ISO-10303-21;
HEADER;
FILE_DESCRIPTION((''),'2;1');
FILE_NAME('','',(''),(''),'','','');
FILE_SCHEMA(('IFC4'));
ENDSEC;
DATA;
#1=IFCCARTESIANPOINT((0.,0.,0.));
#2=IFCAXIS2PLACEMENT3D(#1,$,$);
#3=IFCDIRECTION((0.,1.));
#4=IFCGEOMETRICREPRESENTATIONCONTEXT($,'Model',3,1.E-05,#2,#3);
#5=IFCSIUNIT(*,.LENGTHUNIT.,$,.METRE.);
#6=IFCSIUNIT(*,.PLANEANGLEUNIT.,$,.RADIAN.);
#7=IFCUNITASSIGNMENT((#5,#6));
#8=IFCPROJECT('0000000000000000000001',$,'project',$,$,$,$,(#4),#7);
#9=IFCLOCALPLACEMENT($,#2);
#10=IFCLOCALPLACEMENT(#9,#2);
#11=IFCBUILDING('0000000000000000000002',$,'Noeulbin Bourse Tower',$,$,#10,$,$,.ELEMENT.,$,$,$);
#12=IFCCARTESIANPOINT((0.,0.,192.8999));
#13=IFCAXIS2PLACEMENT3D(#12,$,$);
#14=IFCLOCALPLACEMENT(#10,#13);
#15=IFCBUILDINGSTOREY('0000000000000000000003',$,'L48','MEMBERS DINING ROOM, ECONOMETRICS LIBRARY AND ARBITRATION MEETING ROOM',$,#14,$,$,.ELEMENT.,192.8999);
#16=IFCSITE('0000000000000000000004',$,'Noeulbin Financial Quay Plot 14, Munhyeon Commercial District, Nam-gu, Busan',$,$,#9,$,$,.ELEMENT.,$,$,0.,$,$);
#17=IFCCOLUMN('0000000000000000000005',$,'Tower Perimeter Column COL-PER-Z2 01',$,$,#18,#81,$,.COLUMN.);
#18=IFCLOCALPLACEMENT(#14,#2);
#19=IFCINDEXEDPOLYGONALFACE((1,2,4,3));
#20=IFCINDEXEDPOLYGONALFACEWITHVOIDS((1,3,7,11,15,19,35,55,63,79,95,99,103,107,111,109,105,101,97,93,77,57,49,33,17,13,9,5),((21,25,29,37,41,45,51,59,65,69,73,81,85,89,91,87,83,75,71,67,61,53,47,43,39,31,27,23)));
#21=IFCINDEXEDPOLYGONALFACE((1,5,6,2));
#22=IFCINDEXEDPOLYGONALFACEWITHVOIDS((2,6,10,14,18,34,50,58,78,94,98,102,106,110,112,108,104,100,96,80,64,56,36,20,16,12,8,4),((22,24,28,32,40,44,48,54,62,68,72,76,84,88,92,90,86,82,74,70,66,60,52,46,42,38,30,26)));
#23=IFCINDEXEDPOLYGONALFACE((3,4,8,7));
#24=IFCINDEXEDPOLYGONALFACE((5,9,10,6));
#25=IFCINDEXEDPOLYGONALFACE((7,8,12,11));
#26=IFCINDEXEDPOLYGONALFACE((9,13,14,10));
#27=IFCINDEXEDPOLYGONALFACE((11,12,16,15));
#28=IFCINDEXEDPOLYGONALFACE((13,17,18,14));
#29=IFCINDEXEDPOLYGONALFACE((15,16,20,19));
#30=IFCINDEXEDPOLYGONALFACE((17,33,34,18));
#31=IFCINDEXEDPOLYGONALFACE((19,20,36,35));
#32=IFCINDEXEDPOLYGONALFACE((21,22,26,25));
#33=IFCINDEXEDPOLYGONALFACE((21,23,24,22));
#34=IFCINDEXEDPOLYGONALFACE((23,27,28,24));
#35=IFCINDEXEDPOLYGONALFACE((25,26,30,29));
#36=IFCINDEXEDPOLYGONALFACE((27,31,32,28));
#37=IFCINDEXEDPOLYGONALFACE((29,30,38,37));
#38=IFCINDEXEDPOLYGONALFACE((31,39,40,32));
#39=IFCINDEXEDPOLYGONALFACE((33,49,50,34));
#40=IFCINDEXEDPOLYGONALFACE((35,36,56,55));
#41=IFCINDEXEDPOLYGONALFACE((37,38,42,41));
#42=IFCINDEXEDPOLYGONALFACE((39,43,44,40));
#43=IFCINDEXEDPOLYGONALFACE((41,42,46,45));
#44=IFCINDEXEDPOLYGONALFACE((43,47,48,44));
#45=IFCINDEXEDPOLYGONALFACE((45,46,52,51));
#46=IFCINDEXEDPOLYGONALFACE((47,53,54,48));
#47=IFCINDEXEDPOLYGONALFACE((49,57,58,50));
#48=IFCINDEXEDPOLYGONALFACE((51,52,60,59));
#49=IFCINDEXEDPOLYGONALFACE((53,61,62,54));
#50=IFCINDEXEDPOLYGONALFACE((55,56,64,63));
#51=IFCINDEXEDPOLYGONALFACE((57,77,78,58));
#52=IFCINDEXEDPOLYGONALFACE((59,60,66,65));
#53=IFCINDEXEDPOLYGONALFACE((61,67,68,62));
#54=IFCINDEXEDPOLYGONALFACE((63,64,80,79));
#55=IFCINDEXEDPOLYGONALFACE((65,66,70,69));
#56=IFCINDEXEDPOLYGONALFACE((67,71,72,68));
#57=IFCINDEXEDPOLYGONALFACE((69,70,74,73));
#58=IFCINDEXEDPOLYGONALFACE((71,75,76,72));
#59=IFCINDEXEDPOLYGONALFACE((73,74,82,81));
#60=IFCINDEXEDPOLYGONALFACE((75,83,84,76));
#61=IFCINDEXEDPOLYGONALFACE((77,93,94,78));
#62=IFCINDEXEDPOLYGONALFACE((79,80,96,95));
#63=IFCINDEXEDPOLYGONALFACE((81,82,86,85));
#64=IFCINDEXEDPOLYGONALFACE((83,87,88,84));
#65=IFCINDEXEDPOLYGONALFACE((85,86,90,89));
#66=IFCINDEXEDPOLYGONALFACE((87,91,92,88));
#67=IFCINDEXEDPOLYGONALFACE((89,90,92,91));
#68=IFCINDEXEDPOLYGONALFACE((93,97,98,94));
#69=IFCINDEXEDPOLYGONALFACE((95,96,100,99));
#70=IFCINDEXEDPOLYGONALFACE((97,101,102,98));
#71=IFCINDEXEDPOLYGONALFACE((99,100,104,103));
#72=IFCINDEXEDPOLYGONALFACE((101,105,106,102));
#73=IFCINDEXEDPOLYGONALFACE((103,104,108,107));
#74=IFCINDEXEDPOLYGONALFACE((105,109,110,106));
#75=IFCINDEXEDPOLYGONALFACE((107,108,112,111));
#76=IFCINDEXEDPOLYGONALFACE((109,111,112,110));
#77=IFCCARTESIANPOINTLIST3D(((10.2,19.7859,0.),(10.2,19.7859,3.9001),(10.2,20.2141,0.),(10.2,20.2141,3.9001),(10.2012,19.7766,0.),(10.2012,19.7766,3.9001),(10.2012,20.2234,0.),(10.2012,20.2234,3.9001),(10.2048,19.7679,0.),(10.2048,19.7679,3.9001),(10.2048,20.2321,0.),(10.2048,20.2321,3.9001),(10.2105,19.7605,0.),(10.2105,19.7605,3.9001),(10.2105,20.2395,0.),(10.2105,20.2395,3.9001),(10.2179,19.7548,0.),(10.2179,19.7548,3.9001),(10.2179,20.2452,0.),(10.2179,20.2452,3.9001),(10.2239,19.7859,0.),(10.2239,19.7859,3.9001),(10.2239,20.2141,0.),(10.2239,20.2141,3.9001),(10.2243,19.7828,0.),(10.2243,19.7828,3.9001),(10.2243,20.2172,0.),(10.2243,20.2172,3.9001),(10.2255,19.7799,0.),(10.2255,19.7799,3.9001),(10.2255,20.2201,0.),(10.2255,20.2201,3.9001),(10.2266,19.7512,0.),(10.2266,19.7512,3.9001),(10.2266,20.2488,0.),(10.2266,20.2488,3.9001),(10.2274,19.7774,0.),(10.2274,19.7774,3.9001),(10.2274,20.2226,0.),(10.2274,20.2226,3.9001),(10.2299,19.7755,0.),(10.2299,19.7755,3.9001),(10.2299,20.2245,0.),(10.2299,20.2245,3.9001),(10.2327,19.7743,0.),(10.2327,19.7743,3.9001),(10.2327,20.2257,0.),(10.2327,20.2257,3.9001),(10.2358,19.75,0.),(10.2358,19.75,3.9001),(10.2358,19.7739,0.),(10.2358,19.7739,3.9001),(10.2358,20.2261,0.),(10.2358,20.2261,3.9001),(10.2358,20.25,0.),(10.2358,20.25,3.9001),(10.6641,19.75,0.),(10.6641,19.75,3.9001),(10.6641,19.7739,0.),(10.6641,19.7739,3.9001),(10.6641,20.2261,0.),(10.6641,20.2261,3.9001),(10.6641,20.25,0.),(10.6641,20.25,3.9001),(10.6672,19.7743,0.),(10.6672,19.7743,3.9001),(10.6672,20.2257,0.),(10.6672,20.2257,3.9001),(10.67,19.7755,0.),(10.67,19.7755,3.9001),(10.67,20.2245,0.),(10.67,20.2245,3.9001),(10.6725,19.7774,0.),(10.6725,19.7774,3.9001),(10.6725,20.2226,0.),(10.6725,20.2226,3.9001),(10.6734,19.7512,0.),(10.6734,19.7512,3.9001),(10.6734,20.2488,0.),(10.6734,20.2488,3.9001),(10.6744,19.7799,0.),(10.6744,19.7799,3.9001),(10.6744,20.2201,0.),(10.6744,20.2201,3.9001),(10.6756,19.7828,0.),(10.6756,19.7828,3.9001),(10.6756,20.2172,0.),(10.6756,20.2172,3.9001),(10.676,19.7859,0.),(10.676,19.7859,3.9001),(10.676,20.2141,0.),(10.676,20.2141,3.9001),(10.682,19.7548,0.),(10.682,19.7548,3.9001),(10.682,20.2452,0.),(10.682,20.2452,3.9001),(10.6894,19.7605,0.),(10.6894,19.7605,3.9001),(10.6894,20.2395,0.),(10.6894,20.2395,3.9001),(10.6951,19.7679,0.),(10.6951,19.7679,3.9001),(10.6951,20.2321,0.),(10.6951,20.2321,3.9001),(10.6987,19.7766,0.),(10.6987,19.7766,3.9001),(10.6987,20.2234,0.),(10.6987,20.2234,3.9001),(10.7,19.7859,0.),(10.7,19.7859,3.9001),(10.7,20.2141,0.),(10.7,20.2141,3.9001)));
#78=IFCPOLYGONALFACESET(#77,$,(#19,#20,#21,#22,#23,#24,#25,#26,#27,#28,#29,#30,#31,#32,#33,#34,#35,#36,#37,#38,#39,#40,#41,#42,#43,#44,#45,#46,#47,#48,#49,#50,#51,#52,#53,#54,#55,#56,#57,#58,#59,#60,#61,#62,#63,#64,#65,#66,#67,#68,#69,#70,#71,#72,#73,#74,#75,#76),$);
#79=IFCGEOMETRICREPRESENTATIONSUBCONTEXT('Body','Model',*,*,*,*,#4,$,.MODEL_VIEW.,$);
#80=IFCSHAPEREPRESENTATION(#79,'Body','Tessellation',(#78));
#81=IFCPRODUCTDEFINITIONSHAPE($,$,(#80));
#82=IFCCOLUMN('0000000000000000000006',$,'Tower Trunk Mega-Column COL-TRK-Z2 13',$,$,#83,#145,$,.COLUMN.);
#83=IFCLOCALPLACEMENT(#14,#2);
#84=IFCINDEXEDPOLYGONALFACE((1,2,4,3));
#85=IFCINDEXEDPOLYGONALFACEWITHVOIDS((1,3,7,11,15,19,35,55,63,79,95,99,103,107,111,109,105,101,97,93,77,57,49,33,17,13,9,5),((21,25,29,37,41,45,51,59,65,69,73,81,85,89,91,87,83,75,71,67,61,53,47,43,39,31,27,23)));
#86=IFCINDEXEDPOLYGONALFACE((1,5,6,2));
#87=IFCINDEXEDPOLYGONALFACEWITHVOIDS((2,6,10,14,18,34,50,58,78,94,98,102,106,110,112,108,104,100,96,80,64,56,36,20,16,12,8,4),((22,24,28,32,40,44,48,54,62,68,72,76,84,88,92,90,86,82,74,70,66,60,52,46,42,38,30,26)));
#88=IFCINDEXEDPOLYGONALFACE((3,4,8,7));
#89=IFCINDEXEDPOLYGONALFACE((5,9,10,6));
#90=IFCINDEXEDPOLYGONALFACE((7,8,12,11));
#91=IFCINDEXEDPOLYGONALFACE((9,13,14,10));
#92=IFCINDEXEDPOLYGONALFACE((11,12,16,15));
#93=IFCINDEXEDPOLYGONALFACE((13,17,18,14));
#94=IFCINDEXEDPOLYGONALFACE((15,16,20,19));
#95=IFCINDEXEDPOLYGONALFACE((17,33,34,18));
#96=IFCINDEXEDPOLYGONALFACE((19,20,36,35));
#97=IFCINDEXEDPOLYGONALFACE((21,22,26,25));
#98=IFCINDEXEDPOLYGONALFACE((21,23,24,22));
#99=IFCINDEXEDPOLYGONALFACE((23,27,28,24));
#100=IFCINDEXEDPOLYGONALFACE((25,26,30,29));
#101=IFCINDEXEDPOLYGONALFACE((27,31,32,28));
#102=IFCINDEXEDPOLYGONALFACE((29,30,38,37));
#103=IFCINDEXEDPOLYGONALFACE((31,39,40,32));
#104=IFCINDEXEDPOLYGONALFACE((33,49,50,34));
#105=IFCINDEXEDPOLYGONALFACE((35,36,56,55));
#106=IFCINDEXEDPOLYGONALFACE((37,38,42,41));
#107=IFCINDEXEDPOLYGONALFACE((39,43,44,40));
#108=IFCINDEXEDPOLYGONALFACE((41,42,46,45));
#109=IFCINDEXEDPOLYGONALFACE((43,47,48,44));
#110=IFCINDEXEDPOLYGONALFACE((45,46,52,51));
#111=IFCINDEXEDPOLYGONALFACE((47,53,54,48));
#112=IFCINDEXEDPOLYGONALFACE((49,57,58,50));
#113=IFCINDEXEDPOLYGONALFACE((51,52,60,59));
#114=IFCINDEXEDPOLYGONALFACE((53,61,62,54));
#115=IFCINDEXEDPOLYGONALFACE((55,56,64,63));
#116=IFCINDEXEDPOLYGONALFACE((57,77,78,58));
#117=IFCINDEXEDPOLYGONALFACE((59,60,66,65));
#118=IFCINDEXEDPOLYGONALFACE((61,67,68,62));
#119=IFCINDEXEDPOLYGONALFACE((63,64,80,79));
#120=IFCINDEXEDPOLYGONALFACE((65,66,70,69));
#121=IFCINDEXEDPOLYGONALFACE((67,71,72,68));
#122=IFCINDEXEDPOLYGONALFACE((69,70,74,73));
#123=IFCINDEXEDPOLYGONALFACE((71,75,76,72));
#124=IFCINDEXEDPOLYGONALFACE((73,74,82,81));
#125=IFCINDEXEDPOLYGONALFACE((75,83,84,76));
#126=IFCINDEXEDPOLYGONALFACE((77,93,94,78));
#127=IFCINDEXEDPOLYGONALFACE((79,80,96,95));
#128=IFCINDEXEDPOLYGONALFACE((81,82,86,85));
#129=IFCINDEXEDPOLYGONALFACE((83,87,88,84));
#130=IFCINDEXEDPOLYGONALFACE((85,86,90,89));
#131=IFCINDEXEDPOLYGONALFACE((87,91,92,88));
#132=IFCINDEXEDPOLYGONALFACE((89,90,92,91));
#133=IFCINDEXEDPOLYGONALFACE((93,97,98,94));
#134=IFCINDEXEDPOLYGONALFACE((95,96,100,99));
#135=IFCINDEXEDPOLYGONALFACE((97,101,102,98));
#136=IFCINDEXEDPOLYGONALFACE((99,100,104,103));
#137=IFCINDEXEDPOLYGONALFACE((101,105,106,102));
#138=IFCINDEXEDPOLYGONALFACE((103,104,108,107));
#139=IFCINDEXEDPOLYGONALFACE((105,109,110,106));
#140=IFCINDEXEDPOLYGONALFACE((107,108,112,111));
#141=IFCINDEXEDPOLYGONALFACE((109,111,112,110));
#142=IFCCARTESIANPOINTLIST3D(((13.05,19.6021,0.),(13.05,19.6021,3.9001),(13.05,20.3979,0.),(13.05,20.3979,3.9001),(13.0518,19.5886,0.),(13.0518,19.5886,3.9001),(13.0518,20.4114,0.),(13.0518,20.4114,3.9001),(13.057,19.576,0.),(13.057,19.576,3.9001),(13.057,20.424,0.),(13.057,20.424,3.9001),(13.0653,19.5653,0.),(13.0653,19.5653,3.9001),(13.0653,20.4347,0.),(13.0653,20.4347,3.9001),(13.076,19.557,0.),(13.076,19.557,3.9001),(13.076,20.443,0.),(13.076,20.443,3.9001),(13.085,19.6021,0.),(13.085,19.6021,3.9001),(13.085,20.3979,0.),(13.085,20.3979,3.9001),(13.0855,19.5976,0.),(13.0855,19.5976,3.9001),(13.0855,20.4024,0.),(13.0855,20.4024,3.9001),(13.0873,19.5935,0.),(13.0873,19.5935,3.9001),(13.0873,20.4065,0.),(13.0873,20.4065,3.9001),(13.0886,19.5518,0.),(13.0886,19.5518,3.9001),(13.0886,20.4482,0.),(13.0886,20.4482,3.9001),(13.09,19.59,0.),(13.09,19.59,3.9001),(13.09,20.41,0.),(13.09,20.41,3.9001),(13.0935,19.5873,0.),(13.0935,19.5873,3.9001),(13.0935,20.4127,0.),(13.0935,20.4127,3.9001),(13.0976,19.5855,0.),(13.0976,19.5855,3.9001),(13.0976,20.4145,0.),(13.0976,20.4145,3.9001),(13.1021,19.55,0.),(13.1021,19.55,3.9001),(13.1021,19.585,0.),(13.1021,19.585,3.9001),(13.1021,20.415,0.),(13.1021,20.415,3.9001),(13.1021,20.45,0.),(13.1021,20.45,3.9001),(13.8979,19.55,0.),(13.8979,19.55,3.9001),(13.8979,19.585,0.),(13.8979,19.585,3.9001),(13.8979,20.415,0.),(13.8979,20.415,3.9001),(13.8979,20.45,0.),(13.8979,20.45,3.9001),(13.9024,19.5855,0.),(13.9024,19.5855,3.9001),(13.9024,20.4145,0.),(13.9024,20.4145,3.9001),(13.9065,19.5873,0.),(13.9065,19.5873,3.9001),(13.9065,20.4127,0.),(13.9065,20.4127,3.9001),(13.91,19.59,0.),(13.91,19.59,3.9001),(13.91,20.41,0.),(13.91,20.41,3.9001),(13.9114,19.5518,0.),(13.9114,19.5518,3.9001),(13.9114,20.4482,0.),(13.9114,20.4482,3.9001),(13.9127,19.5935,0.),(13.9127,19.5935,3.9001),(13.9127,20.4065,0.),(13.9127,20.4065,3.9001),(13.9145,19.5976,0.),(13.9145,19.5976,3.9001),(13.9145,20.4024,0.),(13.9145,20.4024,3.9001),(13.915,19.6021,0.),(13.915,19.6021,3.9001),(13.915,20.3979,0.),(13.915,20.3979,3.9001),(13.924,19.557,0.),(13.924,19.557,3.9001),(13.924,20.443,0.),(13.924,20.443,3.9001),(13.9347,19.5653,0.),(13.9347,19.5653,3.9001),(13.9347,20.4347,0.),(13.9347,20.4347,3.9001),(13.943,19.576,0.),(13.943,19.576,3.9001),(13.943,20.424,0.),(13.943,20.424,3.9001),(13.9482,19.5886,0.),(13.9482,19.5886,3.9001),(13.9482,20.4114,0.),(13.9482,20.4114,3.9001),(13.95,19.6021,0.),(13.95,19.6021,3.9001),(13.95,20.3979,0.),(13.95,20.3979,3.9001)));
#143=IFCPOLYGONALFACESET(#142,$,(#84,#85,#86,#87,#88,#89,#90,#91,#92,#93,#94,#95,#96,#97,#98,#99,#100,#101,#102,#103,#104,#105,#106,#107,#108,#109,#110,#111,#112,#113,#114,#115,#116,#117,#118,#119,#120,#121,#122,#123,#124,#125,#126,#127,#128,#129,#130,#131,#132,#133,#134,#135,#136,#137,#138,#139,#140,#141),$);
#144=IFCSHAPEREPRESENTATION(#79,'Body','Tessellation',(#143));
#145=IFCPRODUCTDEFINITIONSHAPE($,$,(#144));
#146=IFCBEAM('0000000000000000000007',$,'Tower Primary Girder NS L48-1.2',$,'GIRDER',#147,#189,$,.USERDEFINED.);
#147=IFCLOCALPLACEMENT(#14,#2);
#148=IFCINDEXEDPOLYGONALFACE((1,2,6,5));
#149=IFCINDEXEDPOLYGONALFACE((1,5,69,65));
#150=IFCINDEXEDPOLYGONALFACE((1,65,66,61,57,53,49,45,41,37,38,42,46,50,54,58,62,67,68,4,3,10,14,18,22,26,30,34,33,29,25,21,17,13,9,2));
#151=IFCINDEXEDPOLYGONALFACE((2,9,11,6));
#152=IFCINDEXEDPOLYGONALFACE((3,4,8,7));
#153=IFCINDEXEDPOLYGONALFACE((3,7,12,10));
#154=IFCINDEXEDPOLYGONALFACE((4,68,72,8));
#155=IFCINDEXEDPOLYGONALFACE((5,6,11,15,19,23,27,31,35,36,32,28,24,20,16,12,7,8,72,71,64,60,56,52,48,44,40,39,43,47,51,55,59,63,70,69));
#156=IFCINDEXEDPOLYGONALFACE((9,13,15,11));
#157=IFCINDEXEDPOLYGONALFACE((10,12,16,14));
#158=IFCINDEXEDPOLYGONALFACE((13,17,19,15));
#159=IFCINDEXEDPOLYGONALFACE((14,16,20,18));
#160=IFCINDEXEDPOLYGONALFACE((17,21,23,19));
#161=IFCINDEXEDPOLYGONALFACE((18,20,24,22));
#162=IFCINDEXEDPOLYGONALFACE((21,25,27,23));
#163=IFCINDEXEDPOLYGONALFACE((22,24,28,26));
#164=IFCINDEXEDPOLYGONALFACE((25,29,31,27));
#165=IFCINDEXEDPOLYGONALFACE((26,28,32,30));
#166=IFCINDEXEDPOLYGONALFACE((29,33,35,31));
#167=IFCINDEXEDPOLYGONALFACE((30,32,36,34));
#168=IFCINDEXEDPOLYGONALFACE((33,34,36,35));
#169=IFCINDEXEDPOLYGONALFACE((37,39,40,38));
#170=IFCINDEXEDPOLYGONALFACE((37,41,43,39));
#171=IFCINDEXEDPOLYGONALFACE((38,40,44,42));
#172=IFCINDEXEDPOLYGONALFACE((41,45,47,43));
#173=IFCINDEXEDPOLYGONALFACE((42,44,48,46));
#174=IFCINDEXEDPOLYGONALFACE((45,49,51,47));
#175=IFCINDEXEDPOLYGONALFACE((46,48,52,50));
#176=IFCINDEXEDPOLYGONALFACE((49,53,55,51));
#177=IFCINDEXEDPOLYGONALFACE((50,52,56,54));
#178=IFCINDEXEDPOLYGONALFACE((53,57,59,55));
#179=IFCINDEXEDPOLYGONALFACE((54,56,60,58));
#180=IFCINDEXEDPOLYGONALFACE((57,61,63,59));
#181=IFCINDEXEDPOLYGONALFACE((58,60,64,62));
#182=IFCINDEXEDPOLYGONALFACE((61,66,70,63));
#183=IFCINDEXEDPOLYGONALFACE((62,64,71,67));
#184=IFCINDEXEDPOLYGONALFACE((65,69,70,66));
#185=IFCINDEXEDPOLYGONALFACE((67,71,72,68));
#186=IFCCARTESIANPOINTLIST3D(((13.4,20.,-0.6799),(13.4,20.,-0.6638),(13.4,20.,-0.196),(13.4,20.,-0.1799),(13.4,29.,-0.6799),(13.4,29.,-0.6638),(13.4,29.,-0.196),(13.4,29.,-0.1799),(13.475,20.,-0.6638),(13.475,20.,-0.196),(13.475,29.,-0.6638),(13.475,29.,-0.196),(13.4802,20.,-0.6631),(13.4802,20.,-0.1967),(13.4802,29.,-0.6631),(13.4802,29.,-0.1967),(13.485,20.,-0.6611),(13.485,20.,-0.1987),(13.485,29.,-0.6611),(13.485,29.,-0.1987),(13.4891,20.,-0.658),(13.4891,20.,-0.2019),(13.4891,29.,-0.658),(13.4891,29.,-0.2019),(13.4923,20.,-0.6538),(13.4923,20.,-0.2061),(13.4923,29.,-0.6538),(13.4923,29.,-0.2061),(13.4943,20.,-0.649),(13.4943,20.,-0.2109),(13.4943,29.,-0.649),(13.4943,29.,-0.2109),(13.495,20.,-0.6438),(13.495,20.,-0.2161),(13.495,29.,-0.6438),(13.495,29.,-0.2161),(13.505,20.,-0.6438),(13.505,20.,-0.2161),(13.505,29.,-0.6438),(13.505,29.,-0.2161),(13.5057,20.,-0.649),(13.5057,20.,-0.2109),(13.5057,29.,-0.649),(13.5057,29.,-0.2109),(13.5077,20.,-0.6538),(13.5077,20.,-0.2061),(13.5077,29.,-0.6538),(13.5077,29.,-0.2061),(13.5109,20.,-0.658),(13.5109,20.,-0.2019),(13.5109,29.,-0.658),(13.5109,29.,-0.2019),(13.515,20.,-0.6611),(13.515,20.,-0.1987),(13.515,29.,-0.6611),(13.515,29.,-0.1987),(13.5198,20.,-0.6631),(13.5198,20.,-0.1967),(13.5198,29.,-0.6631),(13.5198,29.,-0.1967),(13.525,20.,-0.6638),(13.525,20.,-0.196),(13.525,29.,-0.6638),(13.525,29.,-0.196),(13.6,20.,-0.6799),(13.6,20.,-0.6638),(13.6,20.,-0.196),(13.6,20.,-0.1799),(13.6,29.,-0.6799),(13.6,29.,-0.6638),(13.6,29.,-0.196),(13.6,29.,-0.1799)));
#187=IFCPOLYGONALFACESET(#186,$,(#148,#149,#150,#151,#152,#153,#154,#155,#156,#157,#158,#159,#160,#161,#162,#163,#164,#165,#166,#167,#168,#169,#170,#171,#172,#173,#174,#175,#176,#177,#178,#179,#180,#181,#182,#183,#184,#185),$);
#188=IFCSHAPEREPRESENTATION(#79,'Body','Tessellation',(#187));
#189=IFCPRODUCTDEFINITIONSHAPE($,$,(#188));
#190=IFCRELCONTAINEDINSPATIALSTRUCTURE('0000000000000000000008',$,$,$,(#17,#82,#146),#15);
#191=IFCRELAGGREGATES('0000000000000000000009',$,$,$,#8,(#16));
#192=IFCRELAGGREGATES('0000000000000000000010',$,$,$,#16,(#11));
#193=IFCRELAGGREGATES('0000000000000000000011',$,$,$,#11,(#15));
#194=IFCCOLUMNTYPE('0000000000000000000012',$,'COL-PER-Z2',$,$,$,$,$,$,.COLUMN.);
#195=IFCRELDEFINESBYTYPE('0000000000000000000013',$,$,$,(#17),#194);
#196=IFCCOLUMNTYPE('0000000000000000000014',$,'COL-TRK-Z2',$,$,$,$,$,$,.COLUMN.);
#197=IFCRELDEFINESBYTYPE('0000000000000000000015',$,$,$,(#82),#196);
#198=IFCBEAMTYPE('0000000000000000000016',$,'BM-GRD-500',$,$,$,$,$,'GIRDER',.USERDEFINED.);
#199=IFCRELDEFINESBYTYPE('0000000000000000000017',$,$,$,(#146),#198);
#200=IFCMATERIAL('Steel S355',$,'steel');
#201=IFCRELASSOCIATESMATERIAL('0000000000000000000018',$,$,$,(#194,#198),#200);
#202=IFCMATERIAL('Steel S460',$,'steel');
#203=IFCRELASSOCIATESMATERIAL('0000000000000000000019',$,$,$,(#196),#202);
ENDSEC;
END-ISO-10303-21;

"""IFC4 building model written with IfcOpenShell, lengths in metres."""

from ifc_helpers import new_model, si_unit, direction, frame, origin, origin_2d, place, context, subcontext, project, spatial, hollow_rectangle, i_section, extrude, material, material_profile, profile_set, type_object, element, save


model = new_model("IFC4")

# Units and contexts
model_context = context("Model", 3, precision=1e-05, world=origin(), true_north=direction((0.0, 1.0)))
body_context = subcontext(model_context, "Body", "Model", "MODEL_VIEW")
ifc_project = project(units=[si_unit("LENGTHUNIT", "METRE"), si_unit("PLANEANGLEUNIT", "RADIAN")], contexts=[model_context])

# Site, building, storey
site_placement = place(None, origin())
site = spatial("IfcSite", under=ifc_project, at=site_placement, Name="Noeulbin Financial Quay Plot 14, Munhyeon Commercial District, Nam-gu, Busan", CompositionType="ELEMENT", RefElevation=0.0)
building_placement = place(site_placement, origin())
building = spatial("IfcBuilding", under=site, at=building_placement, Name="Noeulbin Bourse Tower", CompositionType="ELEMENT")
storey_placement = place(building_placement, frame((0.0, 0.0, 192.8999)))
storey = spatial("IfcBuildingStorey", under=building, at=storey_placement, Name="L48", Description="MEMBERS DINING ROOM, ECONOMETRICS LIBRARY AND ARBITRATION MEETING ROOM", CompositionType="ELEMENT", Elevation=192.8999)

# Columns
ifc_material_1 = material(Name="Steel S355", Category="steel")
ifc_material_profile_1 = material_profile(ifc_material_1, hollow_rectangle(XDim=0.5, YDim=0.5, WallThickness=0.0239, InnerFilletRadius=0.012, OuterFilletRadius=0.0359, at=origin_2d()), Name="BOX-500x500x24", Category="LoadBearing")
ifc_profile_set_1 = profile_set([ifc_material_profile_1], Name="Steel S355")
column_type_1 = type_object("IfcColumnType", Name="COL-PER-Z2", PredefinedType="COLUMN", material=ifc_profile_set_1)
column_1_placement = place(storey_placement, frame((10.45, 20.0, 0.0), z_axis=(0.0, 0.0, 1.0), x_axis=(1.0, 0.0, 0.0)))
element("IfcColumn", 1, at=column_1_placement, inside=storey, type_object=column_type_1, Name="Tower Perimeter Column COL-PER-Z2 01", PredefinedType="COLUMN", context=body_context, shape_type="SweptSolid", body=[
    extrude(hollow_rectangle(XDim=0.5, YDim=0.5, WallThickness=0.0239, InnerFilletRadius=0.012, OuterFilletRadius=0.0359, at=origin_2d()), origin(), (0.0, 0.0, 1.0), 3.9001),
])
ifc_material_2 = material(Name="Steel S460", Category="steel")
ifc_material_profile_2 = material_profile(ifc_material_2, hollow_rectangle(XDim=0.8999, YDim=0.8999, WallThickness=0.0349, InnerFilletRadius=0.0171, OuterFilletRadius=0.052, at=origin_2d()), Name="BOX-900x900x35", Category="LoadBearing")
ifc_profile_set_2 = profile_set([ifc_material_profile_2], Name="Steel S460")
column_type_2 = type_object("IfcColumnType", Name="COL-TRK-Z2", PredefinedType="COLUMN", material=ifc_profile_set_2)
column_2_placement = place(storey_placement, frame((13.5, 20.0, 0.0), z_axis=(0.0, 0.0, 1.0), x_axis=(1.0, 0.0, 0.0)))
element("IfcColumn", 2, at=column_2_placement, inside=storey, type_object=column_type_2, Name="Tower Trunk Mega-Column COL-TRK-Z2 13", PredefinedType="COLUMN", context=body_context, shape_type="SweptSolid", body=[
    extrude(hollow_rectangle(XDim=0.8999, YDim=0.8999, WallThickness=0.0349, InnerFilletRadius=0.0171, OuterFilletRadius=0.052, at=origin_2d()), origin(), (0.0, 0.0, 1.0), 3.9001),
])

# Beam
ifc_material_profile_3 = material_profile(ifc_material_1, i_section(OverallWidth=0.2, OverallDepth=0.5, WebThickness=0.01, FlangeThickness=0.0161, FilletRadius=0.02, at=origin_2d()), Name="H-500x200x10x16", Category="LoadBearing")
ifc_profile_set_3 = profile_set([ifc_material_profile_3], Name="Steel S355")
beam_type_1 = type_object("IfcBeamType", Name="BM-GRD-500", ElementType="GIRDER", PredefinedType="USERDEFINED", material=ifc_profile_set_3)
beam_1_placement = place(storey_placement, frame((13.5, 20.0, -0.4299), z_axis=(0.0, 1.0, 0.0), x_axis=(-1.0, 0.0, 0.0)))
element("IfcBeam", 3, at=beam_1_placement, inside=storey, type_object=beam_type_1, Name="Tower Primary Girder NS L48-1.2", ObjectType="GIRDER", PredefinedType="USERDEFINED", context=body_context, shape_type="SweptSolid", body=[
    extrude(i_section(OverallWidth=0.2, OverallDepth=0.5, WebThickness=0.01, FlangeThickness=0.0161, FilletRadius=0.02, at=origin_2d()), origin(), (0.0, 0.0, 1.0), 9.0),
])

save(model, "model.ifc")
